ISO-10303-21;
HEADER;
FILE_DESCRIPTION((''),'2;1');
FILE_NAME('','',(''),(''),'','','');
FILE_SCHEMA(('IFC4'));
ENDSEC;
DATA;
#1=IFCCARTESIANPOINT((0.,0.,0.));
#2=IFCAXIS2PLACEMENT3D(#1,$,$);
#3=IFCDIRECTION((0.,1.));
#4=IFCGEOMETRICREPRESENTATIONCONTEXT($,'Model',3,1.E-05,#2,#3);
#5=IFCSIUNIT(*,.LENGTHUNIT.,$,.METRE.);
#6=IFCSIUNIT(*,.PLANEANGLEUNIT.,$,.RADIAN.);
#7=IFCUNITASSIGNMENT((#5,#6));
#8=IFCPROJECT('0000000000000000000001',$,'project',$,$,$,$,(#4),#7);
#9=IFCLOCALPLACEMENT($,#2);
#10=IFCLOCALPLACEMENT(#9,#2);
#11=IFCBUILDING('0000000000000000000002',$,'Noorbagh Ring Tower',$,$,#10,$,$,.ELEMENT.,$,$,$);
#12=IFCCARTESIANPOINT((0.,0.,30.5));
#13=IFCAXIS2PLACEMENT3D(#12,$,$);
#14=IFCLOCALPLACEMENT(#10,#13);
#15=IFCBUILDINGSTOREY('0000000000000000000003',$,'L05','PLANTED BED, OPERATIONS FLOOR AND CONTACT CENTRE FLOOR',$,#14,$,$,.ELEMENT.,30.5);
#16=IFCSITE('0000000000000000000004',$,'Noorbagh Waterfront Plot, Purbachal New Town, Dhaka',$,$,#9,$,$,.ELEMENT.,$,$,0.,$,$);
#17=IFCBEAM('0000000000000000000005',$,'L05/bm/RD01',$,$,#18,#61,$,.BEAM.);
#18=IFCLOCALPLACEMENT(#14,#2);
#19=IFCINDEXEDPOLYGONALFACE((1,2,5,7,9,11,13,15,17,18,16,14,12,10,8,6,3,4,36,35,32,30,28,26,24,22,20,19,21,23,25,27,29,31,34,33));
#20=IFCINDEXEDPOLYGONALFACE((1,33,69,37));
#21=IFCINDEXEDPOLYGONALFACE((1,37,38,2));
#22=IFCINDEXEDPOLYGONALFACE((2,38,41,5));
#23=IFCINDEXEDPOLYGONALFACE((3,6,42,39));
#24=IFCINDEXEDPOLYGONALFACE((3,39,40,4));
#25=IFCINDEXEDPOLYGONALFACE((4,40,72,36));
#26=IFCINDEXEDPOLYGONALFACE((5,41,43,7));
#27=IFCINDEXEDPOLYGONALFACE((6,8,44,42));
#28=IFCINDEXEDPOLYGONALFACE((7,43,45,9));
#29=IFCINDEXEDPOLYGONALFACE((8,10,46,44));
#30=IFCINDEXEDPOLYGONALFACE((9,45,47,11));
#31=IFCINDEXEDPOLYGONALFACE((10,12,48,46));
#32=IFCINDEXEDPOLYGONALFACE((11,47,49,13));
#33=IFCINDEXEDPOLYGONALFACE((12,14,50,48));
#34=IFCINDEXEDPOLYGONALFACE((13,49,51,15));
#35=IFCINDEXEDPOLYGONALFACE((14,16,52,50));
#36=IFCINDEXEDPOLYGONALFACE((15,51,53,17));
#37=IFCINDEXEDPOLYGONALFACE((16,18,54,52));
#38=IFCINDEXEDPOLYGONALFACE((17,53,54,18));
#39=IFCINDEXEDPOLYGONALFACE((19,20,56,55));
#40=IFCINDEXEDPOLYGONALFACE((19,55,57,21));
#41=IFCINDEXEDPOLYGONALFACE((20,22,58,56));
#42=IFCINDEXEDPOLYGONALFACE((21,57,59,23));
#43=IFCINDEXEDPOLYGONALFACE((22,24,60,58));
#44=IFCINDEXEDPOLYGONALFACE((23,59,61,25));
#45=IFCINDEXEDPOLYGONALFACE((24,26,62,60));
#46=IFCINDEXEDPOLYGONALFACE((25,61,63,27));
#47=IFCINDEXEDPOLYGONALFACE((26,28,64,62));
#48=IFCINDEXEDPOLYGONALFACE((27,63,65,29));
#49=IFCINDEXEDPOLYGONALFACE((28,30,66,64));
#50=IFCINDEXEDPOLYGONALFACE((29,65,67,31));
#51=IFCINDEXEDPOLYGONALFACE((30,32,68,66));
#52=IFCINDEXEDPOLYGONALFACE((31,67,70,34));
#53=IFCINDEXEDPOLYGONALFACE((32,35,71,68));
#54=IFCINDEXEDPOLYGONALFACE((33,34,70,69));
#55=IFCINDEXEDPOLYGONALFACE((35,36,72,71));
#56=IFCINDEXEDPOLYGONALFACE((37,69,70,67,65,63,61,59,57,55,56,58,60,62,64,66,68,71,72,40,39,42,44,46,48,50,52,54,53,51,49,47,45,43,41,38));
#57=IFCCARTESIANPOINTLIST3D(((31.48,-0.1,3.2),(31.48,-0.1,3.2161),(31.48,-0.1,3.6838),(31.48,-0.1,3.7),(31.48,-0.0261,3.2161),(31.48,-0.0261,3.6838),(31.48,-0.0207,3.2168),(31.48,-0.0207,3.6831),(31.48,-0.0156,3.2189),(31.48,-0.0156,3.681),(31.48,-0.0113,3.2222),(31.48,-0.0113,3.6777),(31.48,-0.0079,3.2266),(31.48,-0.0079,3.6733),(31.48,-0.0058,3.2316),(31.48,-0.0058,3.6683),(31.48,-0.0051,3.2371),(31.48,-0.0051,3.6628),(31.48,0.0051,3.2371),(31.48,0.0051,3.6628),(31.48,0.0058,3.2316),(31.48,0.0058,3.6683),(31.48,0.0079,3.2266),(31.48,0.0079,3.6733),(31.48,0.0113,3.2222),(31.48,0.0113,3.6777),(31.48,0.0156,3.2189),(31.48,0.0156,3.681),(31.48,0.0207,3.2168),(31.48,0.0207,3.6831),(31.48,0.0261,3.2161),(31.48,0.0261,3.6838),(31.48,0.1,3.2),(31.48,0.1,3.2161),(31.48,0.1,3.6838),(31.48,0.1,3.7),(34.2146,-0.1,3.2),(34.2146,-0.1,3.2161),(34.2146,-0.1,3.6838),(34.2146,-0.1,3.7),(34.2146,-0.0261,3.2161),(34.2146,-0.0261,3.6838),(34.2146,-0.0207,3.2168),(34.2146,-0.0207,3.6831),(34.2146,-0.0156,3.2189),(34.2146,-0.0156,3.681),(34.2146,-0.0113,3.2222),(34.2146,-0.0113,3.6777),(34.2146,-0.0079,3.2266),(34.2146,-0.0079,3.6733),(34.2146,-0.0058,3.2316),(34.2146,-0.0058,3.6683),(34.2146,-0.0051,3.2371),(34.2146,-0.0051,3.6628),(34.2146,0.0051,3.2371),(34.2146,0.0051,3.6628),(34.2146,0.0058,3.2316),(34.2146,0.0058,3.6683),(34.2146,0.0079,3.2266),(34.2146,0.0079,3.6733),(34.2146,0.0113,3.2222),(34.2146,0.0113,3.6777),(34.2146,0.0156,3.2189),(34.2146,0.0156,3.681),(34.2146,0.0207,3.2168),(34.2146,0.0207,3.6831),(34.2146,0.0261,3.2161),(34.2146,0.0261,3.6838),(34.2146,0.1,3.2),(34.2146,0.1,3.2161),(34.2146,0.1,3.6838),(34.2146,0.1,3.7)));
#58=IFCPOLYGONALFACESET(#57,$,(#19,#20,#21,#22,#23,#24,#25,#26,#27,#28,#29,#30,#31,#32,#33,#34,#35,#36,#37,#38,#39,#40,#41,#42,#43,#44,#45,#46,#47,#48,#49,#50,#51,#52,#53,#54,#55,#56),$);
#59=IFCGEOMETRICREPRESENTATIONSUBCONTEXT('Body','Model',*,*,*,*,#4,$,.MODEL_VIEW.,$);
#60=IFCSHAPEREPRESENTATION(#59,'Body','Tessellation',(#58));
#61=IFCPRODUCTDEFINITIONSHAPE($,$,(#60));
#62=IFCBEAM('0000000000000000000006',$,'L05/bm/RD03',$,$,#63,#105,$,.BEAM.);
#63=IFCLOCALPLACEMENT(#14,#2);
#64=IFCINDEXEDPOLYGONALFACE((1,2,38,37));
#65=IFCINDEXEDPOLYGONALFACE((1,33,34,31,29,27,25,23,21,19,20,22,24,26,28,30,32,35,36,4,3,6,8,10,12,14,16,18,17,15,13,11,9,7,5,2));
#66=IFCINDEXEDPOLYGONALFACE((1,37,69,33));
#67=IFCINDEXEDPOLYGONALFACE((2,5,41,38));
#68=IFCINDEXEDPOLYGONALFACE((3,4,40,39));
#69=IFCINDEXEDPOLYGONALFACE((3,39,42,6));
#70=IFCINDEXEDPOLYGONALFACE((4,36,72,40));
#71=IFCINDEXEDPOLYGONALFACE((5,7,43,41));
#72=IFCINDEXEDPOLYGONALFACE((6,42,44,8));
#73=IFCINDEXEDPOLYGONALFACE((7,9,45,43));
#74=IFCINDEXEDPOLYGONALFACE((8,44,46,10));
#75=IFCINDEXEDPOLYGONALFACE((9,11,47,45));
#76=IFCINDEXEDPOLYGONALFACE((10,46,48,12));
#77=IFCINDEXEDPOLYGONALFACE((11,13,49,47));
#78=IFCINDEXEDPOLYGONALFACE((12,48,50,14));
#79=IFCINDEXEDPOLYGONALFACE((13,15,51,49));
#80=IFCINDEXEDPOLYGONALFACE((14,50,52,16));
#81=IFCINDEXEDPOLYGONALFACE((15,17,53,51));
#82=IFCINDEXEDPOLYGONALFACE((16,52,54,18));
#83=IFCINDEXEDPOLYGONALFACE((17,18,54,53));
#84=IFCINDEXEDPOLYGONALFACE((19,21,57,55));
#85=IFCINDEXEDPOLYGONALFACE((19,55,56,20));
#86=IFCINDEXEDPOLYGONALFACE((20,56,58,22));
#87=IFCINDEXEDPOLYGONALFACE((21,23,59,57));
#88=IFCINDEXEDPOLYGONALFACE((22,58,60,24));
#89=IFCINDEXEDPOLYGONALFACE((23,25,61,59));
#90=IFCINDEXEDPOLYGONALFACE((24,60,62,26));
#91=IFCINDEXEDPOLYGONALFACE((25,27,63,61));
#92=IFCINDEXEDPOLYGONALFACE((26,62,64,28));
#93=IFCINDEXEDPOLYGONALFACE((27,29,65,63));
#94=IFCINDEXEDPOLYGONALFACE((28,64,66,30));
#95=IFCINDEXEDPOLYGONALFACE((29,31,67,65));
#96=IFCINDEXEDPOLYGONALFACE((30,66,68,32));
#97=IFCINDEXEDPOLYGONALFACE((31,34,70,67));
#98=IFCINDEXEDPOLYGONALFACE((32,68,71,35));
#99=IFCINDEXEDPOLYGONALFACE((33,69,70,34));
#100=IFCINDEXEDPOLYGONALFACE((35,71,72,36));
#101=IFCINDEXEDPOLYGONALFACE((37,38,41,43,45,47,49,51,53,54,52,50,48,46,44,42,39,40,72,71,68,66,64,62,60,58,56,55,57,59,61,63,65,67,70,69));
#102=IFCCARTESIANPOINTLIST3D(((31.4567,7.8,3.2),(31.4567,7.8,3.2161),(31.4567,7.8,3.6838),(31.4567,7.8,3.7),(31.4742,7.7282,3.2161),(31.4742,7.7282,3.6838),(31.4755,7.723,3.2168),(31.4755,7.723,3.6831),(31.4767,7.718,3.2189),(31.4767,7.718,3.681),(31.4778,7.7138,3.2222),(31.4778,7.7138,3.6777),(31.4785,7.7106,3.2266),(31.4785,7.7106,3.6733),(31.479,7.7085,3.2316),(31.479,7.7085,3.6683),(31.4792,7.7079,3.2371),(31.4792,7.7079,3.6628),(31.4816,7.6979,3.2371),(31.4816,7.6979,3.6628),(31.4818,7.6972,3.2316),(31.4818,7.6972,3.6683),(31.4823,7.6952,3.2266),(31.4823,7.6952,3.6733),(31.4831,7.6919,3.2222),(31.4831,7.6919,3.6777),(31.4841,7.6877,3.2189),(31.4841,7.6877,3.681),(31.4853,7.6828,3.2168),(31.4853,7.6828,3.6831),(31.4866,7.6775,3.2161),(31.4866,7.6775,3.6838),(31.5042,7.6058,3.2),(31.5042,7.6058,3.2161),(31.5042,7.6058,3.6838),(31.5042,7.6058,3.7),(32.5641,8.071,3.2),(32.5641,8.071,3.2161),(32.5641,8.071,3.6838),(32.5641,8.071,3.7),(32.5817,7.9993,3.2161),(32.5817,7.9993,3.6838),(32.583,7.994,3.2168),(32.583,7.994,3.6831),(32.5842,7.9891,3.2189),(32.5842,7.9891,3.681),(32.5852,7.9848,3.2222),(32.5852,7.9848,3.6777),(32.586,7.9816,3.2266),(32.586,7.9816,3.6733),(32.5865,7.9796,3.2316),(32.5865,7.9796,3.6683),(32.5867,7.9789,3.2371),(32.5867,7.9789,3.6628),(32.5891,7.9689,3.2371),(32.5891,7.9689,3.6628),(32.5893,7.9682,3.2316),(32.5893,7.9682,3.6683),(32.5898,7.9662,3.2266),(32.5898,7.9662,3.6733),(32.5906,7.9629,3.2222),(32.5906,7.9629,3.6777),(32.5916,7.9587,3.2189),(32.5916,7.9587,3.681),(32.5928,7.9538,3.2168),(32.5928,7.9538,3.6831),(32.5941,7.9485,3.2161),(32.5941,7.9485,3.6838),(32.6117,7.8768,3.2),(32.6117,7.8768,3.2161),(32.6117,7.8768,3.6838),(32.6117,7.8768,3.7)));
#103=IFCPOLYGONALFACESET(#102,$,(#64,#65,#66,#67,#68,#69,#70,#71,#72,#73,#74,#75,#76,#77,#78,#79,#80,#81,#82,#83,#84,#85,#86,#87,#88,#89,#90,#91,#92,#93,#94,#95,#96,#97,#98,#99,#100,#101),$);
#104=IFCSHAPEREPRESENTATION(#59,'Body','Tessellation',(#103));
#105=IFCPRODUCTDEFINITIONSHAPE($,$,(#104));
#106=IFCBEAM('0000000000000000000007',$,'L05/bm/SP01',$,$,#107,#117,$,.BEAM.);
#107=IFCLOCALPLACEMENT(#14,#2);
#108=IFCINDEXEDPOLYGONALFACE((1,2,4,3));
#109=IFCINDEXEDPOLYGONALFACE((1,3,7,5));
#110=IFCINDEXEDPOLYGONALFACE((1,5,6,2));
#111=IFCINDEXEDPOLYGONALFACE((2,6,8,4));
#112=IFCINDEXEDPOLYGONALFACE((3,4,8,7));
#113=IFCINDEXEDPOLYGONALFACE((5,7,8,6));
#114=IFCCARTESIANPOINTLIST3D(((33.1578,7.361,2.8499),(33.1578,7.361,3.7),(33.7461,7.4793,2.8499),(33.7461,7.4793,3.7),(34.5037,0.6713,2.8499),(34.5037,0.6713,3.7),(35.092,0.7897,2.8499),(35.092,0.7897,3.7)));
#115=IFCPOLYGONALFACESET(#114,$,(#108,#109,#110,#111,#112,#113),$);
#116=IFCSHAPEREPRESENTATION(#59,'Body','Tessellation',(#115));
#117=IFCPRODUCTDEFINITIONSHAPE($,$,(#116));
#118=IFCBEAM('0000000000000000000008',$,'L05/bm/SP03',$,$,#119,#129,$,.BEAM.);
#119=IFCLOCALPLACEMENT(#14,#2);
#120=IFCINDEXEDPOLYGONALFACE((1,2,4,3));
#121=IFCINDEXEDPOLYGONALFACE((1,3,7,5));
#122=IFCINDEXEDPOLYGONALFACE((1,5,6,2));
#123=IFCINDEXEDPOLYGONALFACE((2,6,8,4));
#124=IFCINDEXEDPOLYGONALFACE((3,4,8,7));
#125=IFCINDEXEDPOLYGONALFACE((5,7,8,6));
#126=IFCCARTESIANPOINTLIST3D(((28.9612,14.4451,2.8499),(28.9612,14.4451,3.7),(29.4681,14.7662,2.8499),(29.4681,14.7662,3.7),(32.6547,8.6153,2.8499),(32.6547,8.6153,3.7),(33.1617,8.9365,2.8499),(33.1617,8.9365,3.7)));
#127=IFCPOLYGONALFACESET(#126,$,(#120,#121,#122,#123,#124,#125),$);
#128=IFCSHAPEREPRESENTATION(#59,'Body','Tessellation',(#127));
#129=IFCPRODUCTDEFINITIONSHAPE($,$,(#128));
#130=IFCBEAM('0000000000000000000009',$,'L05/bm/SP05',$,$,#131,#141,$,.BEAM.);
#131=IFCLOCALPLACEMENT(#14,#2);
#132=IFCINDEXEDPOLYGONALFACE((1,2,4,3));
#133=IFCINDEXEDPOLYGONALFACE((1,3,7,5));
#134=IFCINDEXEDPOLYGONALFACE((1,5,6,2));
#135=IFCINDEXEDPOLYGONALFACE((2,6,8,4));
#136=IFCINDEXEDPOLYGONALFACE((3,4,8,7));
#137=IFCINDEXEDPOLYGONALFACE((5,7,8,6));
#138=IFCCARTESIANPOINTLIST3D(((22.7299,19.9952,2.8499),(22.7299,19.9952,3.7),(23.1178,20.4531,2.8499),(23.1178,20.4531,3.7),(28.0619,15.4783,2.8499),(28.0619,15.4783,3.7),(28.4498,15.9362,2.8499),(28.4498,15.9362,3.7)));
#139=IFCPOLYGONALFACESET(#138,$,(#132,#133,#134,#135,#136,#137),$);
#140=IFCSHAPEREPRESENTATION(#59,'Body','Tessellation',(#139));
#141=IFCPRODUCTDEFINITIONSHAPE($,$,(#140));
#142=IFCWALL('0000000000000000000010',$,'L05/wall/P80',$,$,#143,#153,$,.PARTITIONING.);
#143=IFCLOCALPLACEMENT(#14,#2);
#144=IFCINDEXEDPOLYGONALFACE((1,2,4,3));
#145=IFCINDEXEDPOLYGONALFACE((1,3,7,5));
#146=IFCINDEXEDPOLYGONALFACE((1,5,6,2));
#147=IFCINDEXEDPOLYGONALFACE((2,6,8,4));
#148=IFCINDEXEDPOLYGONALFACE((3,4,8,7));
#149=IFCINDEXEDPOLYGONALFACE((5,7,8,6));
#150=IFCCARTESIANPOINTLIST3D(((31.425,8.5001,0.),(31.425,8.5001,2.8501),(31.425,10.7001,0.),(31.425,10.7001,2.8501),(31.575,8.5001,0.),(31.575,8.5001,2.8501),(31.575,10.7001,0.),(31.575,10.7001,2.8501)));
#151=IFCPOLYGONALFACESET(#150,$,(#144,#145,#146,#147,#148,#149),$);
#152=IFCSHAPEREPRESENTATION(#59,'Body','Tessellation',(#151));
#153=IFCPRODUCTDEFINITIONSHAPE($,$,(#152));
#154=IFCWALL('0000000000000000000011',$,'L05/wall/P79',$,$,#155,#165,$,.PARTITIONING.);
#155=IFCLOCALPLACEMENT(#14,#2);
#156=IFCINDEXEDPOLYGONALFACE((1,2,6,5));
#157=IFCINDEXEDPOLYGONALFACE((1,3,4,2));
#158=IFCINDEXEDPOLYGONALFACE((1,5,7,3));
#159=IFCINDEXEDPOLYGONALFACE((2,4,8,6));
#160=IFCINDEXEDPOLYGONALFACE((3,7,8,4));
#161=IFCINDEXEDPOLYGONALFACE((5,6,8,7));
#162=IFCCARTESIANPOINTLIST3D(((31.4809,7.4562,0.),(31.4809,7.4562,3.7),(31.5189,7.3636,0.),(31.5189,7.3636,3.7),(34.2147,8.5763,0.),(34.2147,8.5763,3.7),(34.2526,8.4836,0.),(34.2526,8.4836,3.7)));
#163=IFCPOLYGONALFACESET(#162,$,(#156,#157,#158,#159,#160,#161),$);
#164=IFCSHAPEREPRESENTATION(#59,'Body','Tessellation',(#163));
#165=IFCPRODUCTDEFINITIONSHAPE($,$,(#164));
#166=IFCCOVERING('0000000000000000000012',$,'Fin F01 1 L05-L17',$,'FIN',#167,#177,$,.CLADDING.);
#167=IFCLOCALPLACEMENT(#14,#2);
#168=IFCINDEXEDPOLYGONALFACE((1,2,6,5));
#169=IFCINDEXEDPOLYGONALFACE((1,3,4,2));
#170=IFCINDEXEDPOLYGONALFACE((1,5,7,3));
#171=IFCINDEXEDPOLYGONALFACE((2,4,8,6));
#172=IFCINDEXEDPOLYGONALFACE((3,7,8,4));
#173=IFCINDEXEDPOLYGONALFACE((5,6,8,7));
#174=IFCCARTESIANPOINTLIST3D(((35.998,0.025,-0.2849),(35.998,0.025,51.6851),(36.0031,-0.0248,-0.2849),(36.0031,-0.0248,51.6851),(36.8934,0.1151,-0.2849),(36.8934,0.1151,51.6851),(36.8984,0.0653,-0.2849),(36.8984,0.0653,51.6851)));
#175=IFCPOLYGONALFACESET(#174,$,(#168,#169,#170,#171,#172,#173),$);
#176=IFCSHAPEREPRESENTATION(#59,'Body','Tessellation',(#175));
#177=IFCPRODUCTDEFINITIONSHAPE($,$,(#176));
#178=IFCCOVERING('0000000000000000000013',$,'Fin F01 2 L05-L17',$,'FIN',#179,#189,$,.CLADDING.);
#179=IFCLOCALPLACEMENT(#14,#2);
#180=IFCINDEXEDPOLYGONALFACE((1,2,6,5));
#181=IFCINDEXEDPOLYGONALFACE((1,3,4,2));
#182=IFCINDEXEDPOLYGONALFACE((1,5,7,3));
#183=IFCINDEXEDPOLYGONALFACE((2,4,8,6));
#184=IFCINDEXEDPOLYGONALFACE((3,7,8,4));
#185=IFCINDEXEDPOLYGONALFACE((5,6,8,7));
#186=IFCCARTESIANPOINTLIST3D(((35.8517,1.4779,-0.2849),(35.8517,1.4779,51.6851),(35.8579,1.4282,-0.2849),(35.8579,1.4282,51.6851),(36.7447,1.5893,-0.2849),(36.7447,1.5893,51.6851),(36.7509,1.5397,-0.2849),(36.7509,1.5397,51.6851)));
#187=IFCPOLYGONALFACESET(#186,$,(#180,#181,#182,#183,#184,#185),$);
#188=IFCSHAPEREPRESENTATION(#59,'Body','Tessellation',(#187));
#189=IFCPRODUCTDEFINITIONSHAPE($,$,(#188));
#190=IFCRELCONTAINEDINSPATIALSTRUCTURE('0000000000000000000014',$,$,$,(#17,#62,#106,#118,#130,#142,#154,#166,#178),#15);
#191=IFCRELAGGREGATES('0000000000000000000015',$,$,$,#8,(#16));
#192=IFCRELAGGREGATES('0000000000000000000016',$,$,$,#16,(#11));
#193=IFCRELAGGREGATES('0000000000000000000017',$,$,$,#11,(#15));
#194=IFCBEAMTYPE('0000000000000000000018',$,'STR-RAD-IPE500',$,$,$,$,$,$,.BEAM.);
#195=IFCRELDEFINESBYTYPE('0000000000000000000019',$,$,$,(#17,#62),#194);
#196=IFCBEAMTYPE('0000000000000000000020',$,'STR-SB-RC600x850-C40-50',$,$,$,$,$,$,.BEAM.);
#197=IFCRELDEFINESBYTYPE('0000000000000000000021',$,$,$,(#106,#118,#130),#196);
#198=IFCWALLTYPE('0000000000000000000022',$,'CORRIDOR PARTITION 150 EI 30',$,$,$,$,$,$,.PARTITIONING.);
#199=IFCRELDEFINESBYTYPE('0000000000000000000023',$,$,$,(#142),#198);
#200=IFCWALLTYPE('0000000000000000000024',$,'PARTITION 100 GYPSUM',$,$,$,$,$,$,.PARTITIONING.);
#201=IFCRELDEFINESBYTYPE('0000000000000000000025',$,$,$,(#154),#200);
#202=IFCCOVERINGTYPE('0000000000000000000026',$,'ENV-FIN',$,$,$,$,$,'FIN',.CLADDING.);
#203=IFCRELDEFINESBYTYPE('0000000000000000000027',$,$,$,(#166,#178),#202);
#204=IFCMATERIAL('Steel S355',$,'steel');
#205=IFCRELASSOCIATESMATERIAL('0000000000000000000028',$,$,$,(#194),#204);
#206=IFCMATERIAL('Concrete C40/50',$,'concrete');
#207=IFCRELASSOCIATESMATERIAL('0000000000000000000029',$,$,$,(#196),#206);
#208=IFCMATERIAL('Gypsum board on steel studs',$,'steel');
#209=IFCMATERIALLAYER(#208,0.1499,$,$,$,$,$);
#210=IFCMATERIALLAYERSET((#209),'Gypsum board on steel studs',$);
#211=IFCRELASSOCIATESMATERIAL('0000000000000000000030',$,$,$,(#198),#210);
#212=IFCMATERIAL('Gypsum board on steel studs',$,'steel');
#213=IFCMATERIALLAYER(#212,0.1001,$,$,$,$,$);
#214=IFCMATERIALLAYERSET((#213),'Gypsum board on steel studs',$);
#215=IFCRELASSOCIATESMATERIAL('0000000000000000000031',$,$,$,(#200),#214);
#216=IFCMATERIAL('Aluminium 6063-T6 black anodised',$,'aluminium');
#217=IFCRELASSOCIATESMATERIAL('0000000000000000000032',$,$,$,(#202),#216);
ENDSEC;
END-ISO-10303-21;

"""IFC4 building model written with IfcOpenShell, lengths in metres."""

from ifc_helpers import new_model, si_unit, direction, frame, frame_2d, origin, origin_2d, place, context, subcontext, project, spatial, rectangle, i_section, extrude, material, layer, layer_set, material_profile, profile_set, type_object, element, save


model = new_model("IFC4")

# Units and contexts
model_context = context("Model", 3, precision=1e-05, world=origin(), true_north=direction((0.0, 1.0)))
body_context = subcontext(model_context, "Body", "Model", "MODEL_VIEW")
ifc_project = project(units=[si_unit("LENGTHUNIT", "METRE"), si_unit("PLANEANGLEUNIT", "RADIAN")], contexts=[model_context])

# Site, building, storey
site_placement = place(None, origin())
site = spatial("IfcSite", under=ifc_project, at=site_placement, Name="Noorbagh Waterfront Plot, Purbachal New Town, Dhaka", CompositionType="ELEMENT", RefElevation=0.0)
building_placement = place(site_placement, origin())
building = spatial("IfcBuilding", under=site, at=building_placement, Name="Noorbagh Ring Tower", CompositionType="ELEMENT")
storey_placement = place(building_placement, frame((0.0, 0.0, 30.5)))
storey = spatial("IfcBuildingStorey", under=building, at=storey_placement, Name="L05", Description="PLANTED BED, OPERATIONS FLOOR AND CONTACT CENTRE FLOOR", CompositionType="ELEMENT", Elevation=30.5)

# Beams
ifc_material_1 = material(Name="Steel S355", Category="steel")
ifc_material_profile_1 = material_profile(ifc_material_1, i_section(OverallWidth=0.2, OverallDepth=0.5, WebThickness=0.0103, FlangeThickness=0.0161, FilletRadius=0.021, at=origin_2d()), Name="IPE500")
ifc_profile_set_1 = profile_set([ifc_material_profile_1], Name="Steel S355")
beam_type_1 = type_object("IfcBeamType", Name="STR-RAD-IPE500", PredefinedType="BEAM", material=ifc_profile_set_1)
beam_1_placement = place(storey_placement, frame((34.2146, 0.0, 3.45), z_axis=(-1.0, 0.0, 0.0), x_axis=(0.0, -1.0, 0.0)))
element("IfcBeam", 1, at=beam_1_placement, inside=storey, type_object=beam_type_1, Name="L05/bm/RD01", PredefinedType="BEAM", context=body_context, shape_type="SweptSolid", body=[
    extrude(i_section(OverallWidth=0.2, OverallDepth=0.5, WebThickness=0.0103, FlangeThickness=0.0161, FilletRadius=0.021, at=origin_2d()), origin(), (0.0, 0.0, 1.0), 2.7346),
])
beam_2_placement = place(storey_placement, frame((32.5879, 7.9739, 3.45), z_axis=(-0.97134, -0.237696, 0.0), x_axis=(0.237696, -0.97134, 0.0)))
element("IfcBeam", 2, at=beam_2_placement, inside=storey, type_object=beam_type_1, Name="L05/bm/RD03", PredefinedType="BEAM", context=body_context, shape_type="SweptSolid", body=[
    extrude(i_section(OverallWidth=0.2, OverallDepth=0.5, WebThickness=0.0103, FlangeThickness=0.0161, FilletRadius=0.021, at=origin_2d()), origin(), (0.0, 0.0, 1.0), 1.1401),
])
ifc_material_2 = material(Name="Concrete C40/50", Category="concrete")
ifc_material_profile_2 = material_profile(ifc_material_2, rectangle(XDim=0.6001, YDim=0.8501, at=origin_2d()), Name="RC600x850")
ifc_profile_set_2 = profile_set([ifc_material_profile_2], Name="Concrete C40/50")
beam_type_2 = type_object("IfcBeamType", Name="STR-SB-RC600x850-C40-50", PredefinedType="BEAM", material=ifc_profile_set_2)
beam_3_placement = place(storey_placement, frame((34.7979, 0.7305, 3.2749), z_axis=(-0.197244, 0.980354, 0.0), x_axis=(-0.980354, -0.197244, 0.0)))
element("IfcBeam", 3, at=beam_3_placement, inside=storey, type_object=beam_type_2, Name="L05/bm/SP01", PredefinedType="BEAM", context=body_context, shape_type="SweptSolid", body=[
    extrude(rectangle(XDim=0.6001, YDim=0.8501, at=origin_2d()), origin(), (0.0, 0.0, 1.0), 6.8237),
])
beam_4_placement = place(storey_placement, frame((32.9082, 8.7759, 3.2749), z_axis=(-0.535194, 0.844729, 0.0), x_axis=(-0.844729, -0.535194, 0.0)))
element("IfcBeam", 4, at=beam_4_placement, inside=storey, type_object=beam_type_2, Name="L05/bm/SP03", PredefinedType="BEAM", context=body_context, shape_type="SweptSolid", body=[
    extrude(rectangle(XDim=0.6001, YDim=0.8501, at=origin_2d()), origin(), (0.0, 0.0, 1.0), 6.9014),
])
beam_5_placement = place(storey_placement, frame((28.2559, 15.7073, 3.2749), z_axis=(-0.763024, 0.64637, 0.0), x_axis=(-0.64637, -0.763024, 0.0)))
element("IfcBeam", 5, at=beam_5_placement, inside=storey, type_object=beam_type_2, Name="L05/bm/SP05", PredefinedType="BEAM", context=body_context, shape_type="SweptSolid", body=[
    extrude(rectangle(XDim=0.6001, YDim=0.8501, at=origin_2d()), origin(), (0.0, 0.0, 1.0), 6.988),
])

# Walls
ifc_material_3 = material(Name="Gypsum board on steel studs", Category="steel")
ifc_layer_1 = layer(ifc_material_3, 0.1499)
ifc_layer_set_1 = layer_set([ifc_layer_1], Name="Gypsum board on steel studs")
wall_type_1 = type_object("IfcWallType", Name="CORRIDOR PARTITION 150 EI 30", PredefinedType="PARTITIONING", material=ifc_layer_set_1)
wall_1_placement = place(storey_placement, frame((31.5, 8.5, 0.0), z_axis=(0.0, 0.0, 1.0), x_axis=(0.0, 1.0, 0.0)))
element("IfcWall", 6, at=wall_1_placement, inside=storey, type_object=wall_type_1, Name="L05/wall/P80", PredefinedType="PARTITIONING", context=body_context, shape_type="SweptSolid", body=[
    extrude(rectangle(XDim=2.2, YDim=0.1499, at=frame_2d((1.1001, 0.0))), origin(), (0.0, 0.0, 1.0), 2.8501),
])
ifc_material_4 = material(Name="Gypsum board on steel studs", Category="steel")
ifc_layer_2 = layer(ifc_material_4, 0.1001)
ifc_layer_set_2 = layer_set([ifc_layer_2], Name="Gypsum board on steel studs")
wall_type_2 = type_object("IfcWallType", Name="PARTITION 100 GYPSUM", PredefinedType="PARTITIONING", material=ifc_layer_set_2)
wall_2_placement = place(storey_placement, frame((31.5, 7.4099, 0.0), z_axis=(0.0, 0.0, 1.0), x_axis=(0.925344, 0.379128, 0.0)))
element("IfcWall", 7, at=wall_2_placement, inside=storey, type_object=wall_type_2, Name="L05/wall/P79", PredefinedType="PARTITIONING", context=body_context, shape_type="SweptSolid", body=[
    extrude(rectangle(XDim=2.9543, YDim=0.1001, at=frame_2d((1.4771, 0.0))), origin(), (0.0, 0.0, 1.0), 3.7),
])

# Coverings
ifc_material_5 = material(Name="Aluminium 6063-T6 black anodised", Category="aluminium")
ifc_material_profile_3 = material_profile(ifc_material_5, rectangle(XDim=0.8999, YDim=0.05, at=origin_2d()), Name="900x50")
ifc_profile_set_3 = profile_set([ifc_material_profile_3], Name="Aluminium 6063-T6 black anodised")
covering_type = type_object("IfcCoveringType", Name="ENV-FIN", ElementType="FIN", PredefinedType="CLADDING", material=ifc_profile_set_3)
for number, where, z_axis, x_axis, name in (
    (8, (36.4482, 0.0452, -0.2849), (0.0, 0.0, 1.0), (0.99497, 0.100178, 0.0), "Fin F01 1 L05-L17"),
    (9, (36.3013, 1.5088, -0.2849), (0.0, 0.0, 1.0), (0.992303, 0.123835, 0.0), "Fin F01 2 L05-L17"),
):
    element("IfcCovering", number, at=place(storey_placement, frame(where, z_axis=z_axis, x_axis=x_axis)), inside=storey, type_object=covering_type, Name=name, ObjectType="FIN", PredefinedType="CLADDING", context=body_context, shape_type="SweptSolid", body=[
        extrude(rectangle(XDim=0.8999, YDim=0.05, at=origin_2d()), origin(), (0.0, 0.0, 1.0), 51.97),
    ])

save(model, "model.ifc")
